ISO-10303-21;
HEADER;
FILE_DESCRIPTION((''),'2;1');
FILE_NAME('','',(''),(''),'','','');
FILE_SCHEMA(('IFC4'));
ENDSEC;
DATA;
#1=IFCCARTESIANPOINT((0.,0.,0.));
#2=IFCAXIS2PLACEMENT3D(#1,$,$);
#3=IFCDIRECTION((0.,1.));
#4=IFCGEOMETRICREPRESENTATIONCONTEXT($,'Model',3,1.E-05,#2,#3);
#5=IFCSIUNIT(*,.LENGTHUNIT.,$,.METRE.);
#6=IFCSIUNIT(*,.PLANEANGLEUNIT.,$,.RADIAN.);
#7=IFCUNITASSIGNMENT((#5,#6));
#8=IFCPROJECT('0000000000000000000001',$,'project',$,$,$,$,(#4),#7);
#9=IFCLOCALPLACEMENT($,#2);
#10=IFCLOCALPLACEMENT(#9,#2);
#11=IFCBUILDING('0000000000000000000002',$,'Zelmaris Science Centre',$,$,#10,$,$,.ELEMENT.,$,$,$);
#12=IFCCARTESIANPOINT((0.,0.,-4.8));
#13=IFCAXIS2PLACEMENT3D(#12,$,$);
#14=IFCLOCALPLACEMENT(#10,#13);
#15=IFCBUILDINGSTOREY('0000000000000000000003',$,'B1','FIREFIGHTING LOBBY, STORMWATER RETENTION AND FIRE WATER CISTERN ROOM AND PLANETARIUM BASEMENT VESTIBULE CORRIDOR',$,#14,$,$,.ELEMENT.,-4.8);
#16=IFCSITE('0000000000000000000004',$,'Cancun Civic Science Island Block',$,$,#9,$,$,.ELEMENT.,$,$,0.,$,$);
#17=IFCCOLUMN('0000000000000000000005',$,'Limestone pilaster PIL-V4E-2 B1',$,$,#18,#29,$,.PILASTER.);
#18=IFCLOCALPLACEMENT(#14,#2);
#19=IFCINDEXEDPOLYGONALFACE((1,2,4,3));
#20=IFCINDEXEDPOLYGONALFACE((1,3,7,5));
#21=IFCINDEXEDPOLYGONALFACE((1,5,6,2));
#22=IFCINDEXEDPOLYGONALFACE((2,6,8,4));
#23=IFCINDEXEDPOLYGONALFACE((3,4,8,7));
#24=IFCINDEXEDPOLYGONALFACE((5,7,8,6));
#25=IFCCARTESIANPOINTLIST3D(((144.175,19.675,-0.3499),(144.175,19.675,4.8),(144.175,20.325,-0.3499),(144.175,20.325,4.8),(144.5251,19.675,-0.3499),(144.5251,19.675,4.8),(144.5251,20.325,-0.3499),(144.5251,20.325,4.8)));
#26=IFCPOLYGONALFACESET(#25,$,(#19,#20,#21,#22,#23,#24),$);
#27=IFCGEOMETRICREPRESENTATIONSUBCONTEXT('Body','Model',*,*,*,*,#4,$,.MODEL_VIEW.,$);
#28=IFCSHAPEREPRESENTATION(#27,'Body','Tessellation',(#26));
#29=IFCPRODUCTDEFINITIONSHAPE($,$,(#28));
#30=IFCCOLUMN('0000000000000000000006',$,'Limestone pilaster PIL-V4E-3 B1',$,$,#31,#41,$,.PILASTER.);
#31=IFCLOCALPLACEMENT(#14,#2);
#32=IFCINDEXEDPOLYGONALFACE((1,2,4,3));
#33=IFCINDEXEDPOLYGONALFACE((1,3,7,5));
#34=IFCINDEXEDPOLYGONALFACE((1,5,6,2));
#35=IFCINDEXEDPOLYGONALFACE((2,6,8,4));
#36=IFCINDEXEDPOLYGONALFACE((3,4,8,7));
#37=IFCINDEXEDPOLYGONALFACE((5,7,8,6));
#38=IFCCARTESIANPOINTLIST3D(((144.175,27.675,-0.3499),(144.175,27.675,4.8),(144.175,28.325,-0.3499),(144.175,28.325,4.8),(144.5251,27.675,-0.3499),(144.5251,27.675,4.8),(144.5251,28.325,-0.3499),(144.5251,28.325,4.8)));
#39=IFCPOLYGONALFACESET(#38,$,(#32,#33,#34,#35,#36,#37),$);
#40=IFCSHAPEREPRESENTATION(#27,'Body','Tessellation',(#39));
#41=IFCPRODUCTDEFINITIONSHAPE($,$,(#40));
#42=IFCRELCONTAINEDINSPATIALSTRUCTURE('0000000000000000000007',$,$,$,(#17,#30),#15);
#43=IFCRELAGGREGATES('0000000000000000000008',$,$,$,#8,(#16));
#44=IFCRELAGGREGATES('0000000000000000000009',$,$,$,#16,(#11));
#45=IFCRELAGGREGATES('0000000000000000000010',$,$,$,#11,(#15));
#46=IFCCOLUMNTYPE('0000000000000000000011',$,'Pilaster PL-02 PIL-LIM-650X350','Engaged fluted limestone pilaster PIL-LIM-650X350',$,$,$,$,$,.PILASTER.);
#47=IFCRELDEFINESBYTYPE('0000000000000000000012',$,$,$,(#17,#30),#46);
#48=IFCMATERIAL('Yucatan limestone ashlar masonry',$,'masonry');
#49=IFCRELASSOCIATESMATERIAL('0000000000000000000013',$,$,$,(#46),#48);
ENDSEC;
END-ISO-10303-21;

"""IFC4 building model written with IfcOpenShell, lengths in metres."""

from ifc_helpers import new_model, si_unit, direction, frame, origin, origin_2d, place, context, subcontext, project, spatial, rectangle, extrude, material, material_profile, profile_set, type_object, element, save


model = new_model("IFC4")

# Units and contexts
model_context = context("Model", 3, precision=1e-05, world=origin(), true_north=direction((0.0, 1.0)))
body_context = subcontext(model_context, "Body", "Model", "MODEL_VIEW")
ifc_project = project(units=[si_unit("LENGTHUNIT", "METRE"), si_unit("PLANEANGLEUNIT", "RADIAN")], contexts=[model_context])

# Site, building, storey
site_placement = place(None, origin())
site = spatial("IfcSite", under=ifc_project, at=site_placement, Name="Cancun Civic Science Island Block", CompositionType="ELEMENT", RefElevation=0.0)
building_placement = place(site_placement, origin())
building = spatial("IfcBuilding", under=site, at=building_placement, Name="Zelmaris Science Centre", CompositionType="ELEMENT")
storey_placement = place(building_placement, frame((0.0, 0.0, -4.8)))
storey = spatial("IfcBuildingStorey", under=building, at=storey_placement, Name="B1", Description="FIREFIGHTING LOBBY, STORMWATER RETENTION AND FIRE WATER CISTERN ROOM AND PLANETARIUM BASEMENT VESTIBULE CORRIDOR", CompositionType="ELEMENT", Elevation=-4.8)

# Columns
ifc_material_1 = material(Name="Yucatan limestone ashlar masonry", Category="masonry")
ifc_material_profile_1 = material_profile(ifc_material_1, rectangle(XDim=0.6499, YDim=0.3501, at=origin_2d()), Name="PIL-LIM-650X350")
ifc_profile_set_1 = profile_set([ifc_material_profile_1], Name="Yucatan limestone ashlar masonry")
column_type_1 = type_object("IfcColumnType", Name="Pilaster PL-02 PIL-LIM-650X350", Description="Engaged fluted limestone pilaster PIL-LIM-650X350", PredefinedType="PILASTER", material=ifc_profile_set_1)
for number, where, z_axis, x_axis, name in (
    (1, (144.3501, 20.0, -0.3499), (0.0, 0.0, 1.0), (0.0, 1.0, 0.0), "Limestone pilaster PIL-V4E-2 B1"),
    (2, (144.3501, 28.0, -0.3499), (0.0, 0.0, 1.0), (0.0, 1.0, 0.0), "Limestone pilaster PIL-V4E-3 B1"),
):
    element("IfcColumn", number, at=place(storey_placement, frame(where, z_axis=z_axis, x_axis=x_axis)), inside=storey, type_object=column_type_1, Name=name, PredefinedType="PILASTER", context=body_context, shape_type="SweptSolid", body=[
        extrude(rectangle(XDim=0.6499, YDim=0.3501, at=origin_2d()), origin(), (0.0, 0.0, 1.0), 5.1499),
    ])

save(model, "model.ifc")
